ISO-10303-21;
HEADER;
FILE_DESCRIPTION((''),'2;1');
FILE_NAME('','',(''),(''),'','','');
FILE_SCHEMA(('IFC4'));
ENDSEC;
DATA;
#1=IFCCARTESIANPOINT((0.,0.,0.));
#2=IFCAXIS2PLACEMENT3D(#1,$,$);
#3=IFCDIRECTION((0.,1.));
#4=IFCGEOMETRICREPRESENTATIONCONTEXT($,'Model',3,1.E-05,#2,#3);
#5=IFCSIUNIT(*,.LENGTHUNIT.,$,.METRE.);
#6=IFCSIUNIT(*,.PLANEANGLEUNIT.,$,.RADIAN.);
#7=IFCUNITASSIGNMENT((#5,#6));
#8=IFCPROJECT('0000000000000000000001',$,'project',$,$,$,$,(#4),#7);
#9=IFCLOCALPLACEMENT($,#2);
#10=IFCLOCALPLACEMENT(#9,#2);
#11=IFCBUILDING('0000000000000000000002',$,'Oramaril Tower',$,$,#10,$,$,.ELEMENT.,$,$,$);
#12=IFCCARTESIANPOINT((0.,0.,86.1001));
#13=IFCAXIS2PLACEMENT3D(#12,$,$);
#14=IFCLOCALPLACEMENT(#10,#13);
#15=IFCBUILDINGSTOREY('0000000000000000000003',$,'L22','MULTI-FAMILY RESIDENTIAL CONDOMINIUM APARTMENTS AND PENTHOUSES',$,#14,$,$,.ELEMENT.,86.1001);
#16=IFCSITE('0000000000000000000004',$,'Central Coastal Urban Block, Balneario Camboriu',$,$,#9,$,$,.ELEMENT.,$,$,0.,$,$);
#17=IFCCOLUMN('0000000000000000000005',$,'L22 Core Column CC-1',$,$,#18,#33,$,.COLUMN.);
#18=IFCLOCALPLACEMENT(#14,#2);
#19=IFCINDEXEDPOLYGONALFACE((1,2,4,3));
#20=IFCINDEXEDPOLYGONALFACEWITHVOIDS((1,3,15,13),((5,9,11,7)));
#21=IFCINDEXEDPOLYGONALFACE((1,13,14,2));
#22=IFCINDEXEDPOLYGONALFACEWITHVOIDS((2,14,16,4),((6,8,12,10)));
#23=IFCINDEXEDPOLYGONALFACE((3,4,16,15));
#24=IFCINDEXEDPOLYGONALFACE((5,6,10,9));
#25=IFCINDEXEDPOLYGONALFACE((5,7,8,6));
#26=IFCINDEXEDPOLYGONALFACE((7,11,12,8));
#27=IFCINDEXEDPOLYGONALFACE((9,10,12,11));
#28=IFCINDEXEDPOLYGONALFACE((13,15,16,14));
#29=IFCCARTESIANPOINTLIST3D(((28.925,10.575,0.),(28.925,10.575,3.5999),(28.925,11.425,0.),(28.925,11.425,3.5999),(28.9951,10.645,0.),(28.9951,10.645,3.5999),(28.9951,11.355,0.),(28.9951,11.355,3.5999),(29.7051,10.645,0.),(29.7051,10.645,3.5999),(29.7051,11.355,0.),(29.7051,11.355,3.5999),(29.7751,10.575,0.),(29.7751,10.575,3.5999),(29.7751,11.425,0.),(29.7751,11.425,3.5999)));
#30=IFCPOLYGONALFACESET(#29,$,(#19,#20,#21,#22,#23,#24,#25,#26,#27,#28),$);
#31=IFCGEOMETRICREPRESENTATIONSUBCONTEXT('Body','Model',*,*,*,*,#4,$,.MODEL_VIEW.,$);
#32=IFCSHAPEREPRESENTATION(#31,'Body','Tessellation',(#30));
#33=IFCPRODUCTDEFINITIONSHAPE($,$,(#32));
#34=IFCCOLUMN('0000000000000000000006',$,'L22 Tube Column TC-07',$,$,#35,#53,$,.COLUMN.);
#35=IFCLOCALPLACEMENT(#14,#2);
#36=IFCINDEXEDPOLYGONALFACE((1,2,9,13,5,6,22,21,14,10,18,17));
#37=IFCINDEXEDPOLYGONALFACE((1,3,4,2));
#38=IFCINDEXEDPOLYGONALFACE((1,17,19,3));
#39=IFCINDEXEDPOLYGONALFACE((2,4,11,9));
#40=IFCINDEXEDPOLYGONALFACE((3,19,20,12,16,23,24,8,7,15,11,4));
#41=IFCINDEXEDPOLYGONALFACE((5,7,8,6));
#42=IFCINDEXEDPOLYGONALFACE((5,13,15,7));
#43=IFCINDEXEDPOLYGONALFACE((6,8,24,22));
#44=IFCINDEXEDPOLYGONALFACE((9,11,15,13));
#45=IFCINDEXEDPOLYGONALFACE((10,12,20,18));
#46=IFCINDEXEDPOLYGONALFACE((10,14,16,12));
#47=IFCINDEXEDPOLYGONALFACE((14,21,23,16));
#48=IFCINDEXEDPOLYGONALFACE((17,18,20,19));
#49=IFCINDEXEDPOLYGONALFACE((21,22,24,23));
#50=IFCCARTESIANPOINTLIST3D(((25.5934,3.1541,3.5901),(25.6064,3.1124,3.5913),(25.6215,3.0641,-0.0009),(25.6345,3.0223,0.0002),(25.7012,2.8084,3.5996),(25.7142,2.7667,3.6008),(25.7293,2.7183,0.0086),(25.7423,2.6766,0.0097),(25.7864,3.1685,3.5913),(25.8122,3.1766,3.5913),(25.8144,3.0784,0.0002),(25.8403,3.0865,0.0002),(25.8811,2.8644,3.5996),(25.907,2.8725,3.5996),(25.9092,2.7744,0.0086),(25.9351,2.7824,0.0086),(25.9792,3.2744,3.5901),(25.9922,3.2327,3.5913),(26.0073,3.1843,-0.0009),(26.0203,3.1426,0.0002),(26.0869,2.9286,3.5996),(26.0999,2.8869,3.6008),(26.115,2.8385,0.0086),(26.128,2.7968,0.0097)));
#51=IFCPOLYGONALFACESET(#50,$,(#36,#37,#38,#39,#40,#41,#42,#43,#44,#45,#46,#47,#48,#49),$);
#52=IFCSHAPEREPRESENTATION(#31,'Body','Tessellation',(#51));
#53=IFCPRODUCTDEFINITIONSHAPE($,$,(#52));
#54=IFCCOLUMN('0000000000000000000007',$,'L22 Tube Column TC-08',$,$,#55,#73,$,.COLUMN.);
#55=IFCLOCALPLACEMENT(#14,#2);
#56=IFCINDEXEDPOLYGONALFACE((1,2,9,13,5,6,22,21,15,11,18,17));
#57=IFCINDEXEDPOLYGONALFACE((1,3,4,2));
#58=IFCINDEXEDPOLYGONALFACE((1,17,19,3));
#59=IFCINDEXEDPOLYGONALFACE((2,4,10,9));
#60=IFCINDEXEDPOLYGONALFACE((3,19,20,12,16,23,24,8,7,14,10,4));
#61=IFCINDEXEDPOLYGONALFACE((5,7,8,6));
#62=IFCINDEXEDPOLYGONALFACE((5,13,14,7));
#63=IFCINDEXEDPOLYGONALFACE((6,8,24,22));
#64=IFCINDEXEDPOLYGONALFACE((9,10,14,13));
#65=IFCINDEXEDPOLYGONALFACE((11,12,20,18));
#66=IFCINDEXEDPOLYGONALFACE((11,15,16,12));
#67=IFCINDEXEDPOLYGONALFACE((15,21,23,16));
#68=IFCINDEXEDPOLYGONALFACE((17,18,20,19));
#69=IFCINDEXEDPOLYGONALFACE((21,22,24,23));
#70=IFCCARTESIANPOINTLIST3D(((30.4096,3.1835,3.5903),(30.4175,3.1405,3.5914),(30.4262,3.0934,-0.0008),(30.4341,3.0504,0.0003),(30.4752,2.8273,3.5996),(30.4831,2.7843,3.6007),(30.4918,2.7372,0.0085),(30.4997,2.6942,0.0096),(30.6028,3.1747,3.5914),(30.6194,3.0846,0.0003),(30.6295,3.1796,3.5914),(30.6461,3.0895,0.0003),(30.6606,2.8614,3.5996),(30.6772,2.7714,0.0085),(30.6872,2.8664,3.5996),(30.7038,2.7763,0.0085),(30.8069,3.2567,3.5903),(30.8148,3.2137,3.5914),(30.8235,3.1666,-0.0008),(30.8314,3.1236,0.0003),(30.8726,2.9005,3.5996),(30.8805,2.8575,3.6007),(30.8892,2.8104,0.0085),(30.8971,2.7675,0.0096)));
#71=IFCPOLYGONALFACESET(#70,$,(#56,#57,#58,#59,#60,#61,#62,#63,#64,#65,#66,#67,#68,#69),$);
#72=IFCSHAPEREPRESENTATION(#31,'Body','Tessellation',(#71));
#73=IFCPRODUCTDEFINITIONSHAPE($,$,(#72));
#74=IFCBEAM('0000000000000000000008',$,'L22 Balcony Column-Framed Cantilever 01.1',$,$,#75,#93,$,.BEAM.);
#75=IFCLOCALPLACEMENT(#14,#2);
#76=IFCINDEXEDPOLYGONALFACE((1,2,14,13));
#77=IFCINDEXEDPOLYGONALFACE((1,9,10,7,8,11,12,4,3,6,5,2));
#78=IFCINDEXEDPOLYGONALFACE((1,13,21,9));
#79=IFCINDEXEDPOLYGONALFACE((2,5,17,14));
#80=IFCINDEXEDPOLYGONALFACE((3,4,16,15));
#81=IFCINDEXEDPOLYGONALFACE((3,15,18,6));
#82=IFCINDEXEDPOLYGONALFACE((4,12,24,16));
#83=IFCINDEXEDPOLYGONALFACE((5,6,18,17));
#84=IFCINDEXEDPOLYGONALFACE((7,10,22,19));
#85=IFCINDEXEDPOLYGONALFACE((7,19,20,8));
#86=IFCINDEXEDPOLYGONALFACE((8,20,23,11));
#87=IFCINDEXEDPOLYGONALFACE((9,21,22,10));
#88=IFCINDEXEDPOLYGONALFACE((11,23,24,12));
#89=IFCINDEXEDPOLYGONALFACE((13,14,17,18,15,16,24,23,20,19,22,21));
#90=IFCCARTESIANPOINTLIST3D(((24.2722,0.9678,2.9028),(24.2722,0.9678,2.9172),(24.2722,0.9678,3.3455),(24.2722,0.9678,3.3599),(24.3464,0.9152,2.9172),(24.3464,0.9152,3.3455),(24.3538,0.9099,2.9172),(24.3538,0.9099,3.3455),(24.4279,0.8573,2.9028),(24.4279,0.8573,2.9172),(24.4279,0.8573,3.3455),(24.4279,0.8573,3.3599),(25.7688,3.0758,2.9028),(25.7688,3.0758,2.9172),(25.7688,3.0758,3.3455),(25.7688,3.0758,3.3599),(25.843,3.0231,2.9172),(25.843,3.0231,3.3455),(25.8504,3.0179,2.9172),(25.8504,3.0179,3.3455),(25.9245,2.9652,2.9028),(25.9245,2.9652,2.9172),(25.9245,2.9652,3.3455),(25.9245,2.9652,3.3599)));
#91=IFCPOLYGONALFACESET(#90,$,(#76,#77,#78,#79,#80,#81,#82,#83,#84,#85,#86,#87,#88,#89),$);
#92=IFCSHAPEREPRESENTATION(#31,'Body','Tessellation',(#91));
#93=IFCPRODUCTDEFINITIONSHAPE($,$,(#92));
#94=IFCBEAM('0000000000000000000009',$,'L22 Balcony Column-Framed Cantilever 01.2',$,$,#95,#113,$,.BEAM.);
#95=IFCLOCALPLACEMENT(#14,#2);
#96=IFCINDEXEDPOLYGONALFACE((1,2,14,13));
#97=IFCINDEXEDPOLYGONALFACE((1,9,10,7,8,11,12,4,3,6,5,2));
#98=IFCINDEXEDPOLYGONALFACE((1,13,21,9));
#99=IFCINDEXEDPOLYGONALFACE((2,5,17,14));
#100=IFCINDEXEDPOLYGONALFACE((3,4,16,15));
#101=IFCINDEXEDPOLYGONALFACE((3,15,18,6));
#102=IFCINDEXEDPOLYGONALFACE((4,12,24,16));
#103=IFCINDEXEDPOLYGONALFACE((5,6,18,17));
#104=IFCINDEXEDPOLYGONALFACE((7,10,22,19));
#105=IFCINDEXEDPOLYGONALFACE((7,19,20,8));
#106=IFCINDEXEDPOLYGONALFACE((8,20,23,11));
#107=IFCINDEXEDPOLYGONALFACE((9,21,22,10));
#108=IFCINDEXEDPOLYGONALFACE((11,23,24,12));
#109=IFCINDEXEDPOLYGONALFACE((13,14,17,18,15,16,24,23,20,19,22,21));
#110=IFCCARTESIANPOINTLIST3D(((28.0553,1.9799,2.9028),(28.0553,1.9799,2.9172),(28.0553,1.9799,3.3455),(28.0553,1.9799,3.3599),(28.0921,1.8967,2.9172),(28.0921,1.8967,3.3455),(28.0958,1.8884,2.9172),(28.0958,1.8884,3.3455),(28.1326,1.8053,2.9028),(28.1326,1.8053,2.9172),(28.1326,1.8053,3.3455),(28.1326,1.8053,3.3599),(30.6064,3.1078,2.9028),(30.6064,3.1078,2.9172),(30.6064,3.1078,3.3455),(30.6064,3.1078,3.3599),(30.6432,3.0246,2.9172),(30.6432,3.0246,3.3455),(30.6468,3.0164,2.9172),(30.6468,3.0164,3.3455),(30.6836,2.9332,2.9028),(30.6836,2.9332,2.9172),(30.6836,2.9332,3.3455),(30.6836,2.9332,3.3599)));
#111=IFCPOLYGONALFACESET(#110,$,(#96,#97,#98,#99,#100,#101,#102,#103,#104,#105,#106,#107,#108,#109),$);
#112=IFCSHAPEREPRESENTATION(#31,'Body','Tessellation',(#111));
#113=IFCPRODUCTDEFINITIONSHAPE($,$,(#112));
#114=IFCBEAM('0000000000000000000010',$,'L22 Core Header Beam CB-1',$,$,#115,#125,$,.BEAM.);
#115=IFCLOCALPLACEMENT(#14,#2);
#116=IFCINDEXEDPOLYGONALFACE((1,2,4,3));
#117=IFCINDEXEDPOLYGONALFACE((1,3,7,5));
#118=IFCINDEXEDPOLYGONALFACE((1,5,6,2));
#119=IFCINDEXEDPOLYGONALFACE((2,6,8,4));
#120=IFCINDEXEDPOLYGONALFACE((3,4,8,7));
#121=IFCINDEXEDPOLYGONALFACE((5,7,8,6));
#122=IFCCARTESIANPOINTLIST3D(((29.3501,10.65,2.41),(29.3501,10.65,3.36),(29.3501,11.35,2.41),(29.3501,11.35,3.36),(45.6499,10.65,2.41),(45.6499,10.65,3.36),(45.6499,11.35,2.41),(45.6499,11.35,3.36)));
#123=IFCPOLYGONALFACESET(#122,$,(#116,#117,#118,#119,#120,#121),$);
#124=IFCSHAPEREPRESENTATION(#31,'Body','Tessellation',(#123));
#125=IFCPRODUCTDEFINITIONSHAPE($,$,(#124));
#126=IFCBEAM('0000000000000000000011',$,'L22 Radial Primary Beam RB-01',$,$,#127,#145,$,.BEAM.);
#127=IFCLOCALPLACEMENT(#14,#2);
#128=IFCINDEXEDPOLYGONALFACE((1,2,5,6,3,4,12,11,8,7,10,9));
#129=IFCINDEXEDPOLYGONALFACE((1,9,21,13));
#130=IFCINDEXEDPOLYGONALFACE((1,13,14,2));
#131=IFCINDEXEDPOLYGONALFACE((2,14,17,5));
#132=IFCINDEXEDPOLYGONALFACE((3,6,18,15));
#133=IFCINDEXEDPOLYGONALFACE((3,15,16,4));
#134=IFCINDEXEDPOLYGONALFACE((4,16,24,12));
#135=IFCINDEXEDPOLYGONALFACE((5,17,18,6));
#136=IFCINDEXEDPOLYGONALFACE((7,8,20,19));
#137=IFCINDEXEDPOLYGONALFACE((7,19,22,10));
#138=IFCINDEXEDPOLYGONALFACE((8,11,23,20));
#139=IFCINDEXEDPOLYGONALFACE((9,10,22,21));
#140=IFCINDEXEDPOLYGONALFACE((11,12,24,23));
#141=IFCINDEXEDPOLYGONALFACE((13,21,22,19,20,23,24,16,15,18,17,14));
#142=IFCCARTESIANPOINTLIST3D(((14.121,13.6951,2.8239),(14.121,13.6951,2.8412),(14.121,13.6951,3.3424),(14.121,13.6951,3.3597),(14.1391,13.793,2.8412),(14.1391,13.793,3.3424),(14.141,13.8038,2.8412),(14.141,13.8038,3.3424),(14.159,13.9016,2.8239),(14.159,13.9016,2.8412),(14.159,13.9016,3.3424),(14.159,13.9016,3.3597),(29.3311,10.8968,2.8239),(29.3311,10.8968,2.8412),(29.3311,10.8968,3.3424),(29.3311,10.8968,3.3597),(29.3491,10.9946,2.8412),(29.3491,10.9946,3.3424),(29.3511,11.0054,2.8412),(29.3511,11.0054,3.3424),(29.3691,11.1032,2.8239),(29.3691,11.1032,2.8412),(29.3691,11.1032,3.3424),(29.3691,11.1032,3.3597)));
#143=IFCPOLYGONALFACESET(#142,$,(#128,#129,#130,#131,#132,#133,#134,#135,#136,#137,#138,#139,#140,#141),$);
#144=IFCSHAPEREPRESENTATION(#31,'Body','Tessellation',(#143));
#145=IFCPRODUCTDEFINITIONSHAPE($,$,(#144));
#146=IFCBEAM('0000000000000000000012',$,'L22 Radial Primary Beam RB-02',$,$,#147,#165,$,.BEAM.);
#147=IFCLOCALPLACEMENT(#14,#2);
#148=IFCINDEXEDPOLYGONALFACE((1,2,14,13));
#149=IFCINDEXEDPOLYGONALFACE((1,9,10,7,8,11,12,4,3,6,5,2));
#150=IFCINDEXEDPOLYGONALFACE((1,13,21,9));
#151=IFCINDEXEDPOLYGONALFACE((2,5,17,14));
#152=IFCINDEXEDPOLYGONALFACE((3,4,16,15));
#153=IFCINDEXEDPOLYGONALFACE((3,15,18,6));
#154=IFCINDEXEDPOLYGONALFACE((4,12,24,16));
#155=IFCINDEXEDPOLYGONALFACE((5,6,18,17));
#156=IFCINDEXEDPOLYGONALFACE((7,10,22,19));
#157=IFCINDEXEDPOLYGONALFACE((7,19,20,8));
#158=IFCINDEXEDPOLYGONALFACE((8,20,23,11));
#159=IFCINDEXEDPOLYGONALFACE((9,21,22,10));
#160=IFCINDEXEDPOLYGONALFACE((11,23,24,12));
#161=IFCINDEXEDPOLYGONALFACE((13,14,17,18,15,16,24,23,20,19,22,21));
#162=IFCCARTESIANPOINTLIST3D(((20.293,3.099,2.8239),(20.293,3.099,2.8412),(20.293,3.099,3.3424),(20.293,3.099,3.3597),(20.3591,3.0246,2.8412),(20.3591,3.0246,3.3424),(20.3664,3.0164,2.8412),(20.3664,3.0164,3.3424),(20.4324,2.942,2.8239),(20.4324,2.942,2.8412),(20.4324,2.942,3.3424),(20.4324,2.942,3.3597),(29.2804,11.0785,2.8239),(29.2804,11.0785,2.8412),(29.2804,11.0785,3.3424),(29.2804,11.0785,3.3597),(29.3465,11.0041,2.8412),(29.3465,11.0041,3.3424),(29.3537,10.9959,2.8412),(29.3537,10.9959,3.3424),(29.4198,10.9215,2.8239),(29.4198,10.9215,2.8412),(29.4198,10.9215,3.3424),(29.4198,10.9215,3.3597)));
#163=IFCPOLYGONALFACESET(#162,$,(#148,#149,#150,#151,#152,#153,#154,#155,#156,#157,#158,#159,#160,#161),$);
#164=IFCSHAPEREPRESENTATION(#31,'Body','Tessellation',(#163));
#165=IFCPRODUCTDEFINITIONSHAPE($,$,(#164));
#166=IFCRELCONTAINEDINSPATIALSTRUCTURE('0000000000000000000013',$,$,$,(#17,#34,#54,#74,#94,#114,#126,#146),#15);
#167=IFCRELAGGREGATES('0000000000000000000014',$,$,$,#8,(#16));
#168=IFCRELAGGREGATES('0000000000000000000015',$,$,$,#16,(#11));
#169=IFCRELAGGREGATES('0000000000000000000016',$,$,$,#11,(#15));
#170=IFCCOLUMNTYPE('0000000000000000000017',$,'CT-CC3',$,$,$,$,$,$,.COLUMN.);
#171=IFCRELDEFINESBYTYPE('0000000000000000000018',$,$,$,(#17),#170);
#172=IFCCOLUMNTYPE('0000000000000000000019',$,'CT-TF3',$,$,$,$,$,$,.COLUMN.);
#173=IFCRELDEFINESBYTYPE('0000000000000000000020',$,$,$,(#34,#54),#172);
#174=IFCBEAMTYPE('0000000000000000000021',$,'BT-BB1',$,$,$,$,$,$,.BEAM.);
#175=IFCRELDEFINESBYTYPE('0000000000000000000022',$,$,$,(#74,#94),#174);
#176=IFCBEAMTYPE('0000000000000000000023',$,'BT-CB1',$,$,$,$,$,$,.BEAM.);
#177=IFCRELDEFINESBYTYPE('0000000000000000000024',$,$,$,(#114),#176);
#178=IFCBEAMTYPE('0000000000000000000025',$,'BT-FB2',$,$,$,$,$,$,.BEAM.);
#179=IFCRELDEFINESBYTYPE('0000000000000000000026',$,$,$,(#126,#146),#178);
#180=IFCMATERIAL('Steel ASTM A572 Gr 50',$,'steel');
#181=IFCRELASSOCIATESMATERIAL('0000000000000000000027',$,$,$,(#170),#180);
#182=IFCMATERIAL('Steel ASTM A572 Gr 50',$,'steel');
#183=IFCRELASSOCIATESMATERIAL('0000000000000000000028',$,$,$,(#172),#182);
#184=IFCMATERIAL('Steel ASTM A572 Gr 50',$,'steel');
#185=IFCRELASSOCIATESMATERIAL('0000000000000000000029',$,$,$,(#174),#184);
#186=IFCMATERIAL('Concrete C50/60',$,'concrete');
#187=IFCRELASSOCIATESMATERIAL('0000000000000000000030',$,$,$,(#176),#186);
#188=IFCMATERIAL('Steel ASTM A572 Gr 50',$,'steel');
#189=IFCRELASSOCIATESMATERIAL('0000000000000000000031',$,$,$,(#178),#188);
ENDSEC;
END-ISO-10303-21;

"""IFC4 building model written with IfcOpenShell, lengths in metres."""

from ifc_helpers import new_model, si_unit, direction, frame, origin, origin_2d, place, context, subcontext, project, spatial, rectangle, hollow_rectangle, i_section, extrude, material, material_profile, profile_set, type_object, element, save


model = new_model("IFC4")

# Units and contexts
model_context = context("Model", 3, precision=1e-05, world=origin(), true_north=direction((0.0, 1.0)))
body_context = subcontext(model_context, "Body", "Model", "MODEL_VIEW")
ifc_project = project(units=[si_unit("LENGTHUNIT", "METRE"), si_unit("PLANEANGLEUNIT", "RADIAN")], contexts=[model_context])

# Site, building, storey
site_placement = place(None, origin())
site = spatial("IfcSite", under=ifc_project, at=site_placement, Name="Central Coastal Urban Block, Balneario Camboriu", CompositionType="ELEMENT", RefElevation=0.0)
building_placement = place(site_placement, origin())
building = spatial("IfcBuilding", under=site, at=building_placement, Name="Oramaril Tower", CompositionType="ELEMENT")
storey_placement = place(building_placement, frame((0.0, 0.0, 86.1001)))
storey = spatial("IfcBuildingStorey", under=building, at=storey_placement, Name="L22", Description="MULTI-FAMILY RESIDENTIAL CONDOMINIUM APARTMENTS AND PENTHOUSES", CompositionType="ELEMENT", Elevation=86.1001)

# Columns
ifc_material_1 = material(Name="Steel ASTM A572 Gr 50", Category="steel")
ifc_material_profile_1 = material_profile(ifc_material_1, hollow_rectangle(XDim=0.8501, YDim=0.8501, WallThickness=0.0701, at=origin_2d()), Name="BOX850X850X70")
ifc_profile_set_1 = profile_set([ifc_material_profile_1], Name="Steel ASTM A572 Gr 50")
column_type_1 = type_object("IfcColumnType", Name="CT-CC3", PredefinedType="COLUMN", material=ifc_profile_set_1)
column_placement = place(storey_placement, frame((29.3501, 11.0, 0.0), z_axis=(0.0, 0.0, 1.0), x_axis=(1.0, 0.0, 0.0)))
element("IfcColumn", 1, at=column_placement, inside=storey, type_object=column_type_1, Name="L22 Core Column CC-1", PredefinedType="COLUMN", context=body_context, shape_type="SweptSolid", body=[
    extrude(hollow_rectangle(XDim=0.8501, YDim=0.8501, WallThickness=0.0701, at=origin_2d()), origin(), (0.0, 0.0, 1.0), 3.5999),
])
ifc_material_2 = material(Name="Steel ASTM A572 Gr 50", Category="steel")
ifc_material_profile_2 = material_profile(ifc_material_2, i_section(OverallWidth=0.4041, OverallDepth=0.406, WebThickness=0.0271, FlangeThickness=0.0437, at=origin_2d()), Name="W14X233")
ifc_profile_set_2 = profile_set([ifc_material_profile_2], Name="Steel ASTM A572 Gr 50")
column_type_2 = type_object("IfcColumnType", Name="CT-TF3", PredefinedType="COLUMN", material=ifc_profile_set_2)
for number, where, z_axis, x_axis, name in (
    (2, (25.8748, 2.9304, 0.0044), (-0.007816, 0.025078, 0.999655), (-0.95471, -0.297538, 0.0), "L22 Tube Column TC-07"),
    (3, (30.6616, 2.9304, 0.0044), (-0.004622, 0.025079, 0.999675), (-0.983441, -0.18123, 0.0), "L22 Tube Column TC-08"),
):
    element("IfcColumn", number, at=place(storey_placement, frame(where, z_axis=z_axis, x_axis=x_axis)), inside=storey, type_object=column_type_2, Name=name, PredefinedType="COLUMN", context=body_context, shape_type="SweptSolid", body=[
        extrude(i_section(OverallWidth=0.4041, OverallDepth=0.406, WebThickness=0.0271, FlangeThickness=0.0437, at=origin_2d()), origin(), (0.0, 0.0, 1.0), 3.5923),
    ])

# Beams
ifc_material_3 = material(Name="Steel ASTM A572 Gr 50", Category="steel")
ifc_material_profile_3 = material_profile(ifc_material_3, i_section(OverallWidth=0.1909, OverallDepth=0.457, WebThickness=0.009, FlangeThickness=0.0144, at=origin_2d()), Name="W18X50")
ifc_profile_set_3 = profile_set([ifc_material_profile_3], Name="Steel ASTM A572 Gr 50")
beam_type_1 = type_object("IfcBeamType", Name="BT-BB1", PredefinedType="BEAM", material=ifc_profile_set_3)
beam_1_placement = place(storey_placement, frame((25.8467, 3.0205, 3.1313), z_axis=(-0.578913, -0.815389, 0.0), x_axis=(0.815389, -0.578913, 0.0)))
element("IfcBeam", 4, at=beam_1_placement, inside=storey, type_object=beam_type_1, Name="L22 Balcony Column-Framed Cantilever 01.1", PredefinedType="BEAM", context=body_context, shape_type="SweptSolid", body=[
    extrude(i_section(OverallWidth=0.1909, OverallDepth=0.457, WebThickness=0.009, FlangeThickness=0.0144, at=origin_2d()), origin(), (0.0, 0.0, 1.0), 2.5852),
])
beam_2_placement = place(storey_placement, frame((30.645, 3.0205, 3.1313), z_axis=(-0.91459, -0.404384, 0.0), x_axis=(0.404384, -0.91459, 0.0)))
element("IfcBeam", 5, at=beam_2_placement, inside=storey, type_object=beam_type_1, Name="L22 Balcony Column-Framed Cantilever 01.2", PredefinedType="BEAM", context=body_context, shape_type="SweptSolid", body=[
    extrude(i_section(OverallWidth=0.1909, OverallDepth=0.457, WebThickness=0.009, FlangeThickness=0.0144, at=origin_2d()), origin(), (0.0, 0.0, 1.0), 2.7893),
])
ifc_material_4 = material(Name="Concrete C50/60", Category="concrete")
ifc_material_profile_4 = material_profile(ifc_material_4, rectangle(XDim=0.7, YDim=0.95, at=origin_2d()), Name="CB700X950")
ifc_profile_set_4 = profile_set([ifc_material_profile_4], Name="Concrete C50/60")
beam_type_2 = type_object("IfcBeamType", Name="BT-CB1", PredefinedType="BEAM", material=ifc_profile_set_4)
beam_3_placement = place(storey_placement, frame((29.3501, 11.0, 2.885), z_axis=(1.0, 0.0, 0.0), x_axis=(0.0, 1.0, 0.0)))
element("IfcBeam", 6, at=beam_3_placement, inside=storey, type_object=beam_type_2, Name="L22 Core Header Beam CB-1", PredefinedType="BEAM", context=body_context, shape_type="SweptSolid", body=[
    extrude(rectangle(XDim=0.7, YDim=0.95, at=origin_2d()), origin(), (0.0, 0.0, 1.0), 16.2998),
])
ifc_material_5 = material(Name="Steel ASTM A572 Gr 50", Category="steel")
ifc_material_profile_5 = material_profile(ifc_material_5, i_section(OverallWidth=0.21, OverallDepth=0.5359, WebThickness=0.011, FlangeThickness=0.0173, at=origin_2d()), Name="W21X68")
ifc_profile_set_5 = profile_set([ifc_material_profile_5], Name="Steel ASTM A572 Gr 50")
beam_type_3 = type_object("IfcBeamType", Name="BT-FB2", PredefinedType="BEAM", material=ifc_profile_set_5)
beam_4_placement = place(storey_placement, frame((29.3501, 11.0, 3.0918), z_axis=(-0.983493, 0.180944, 0.0), x_axis=(-0.180944, -0.983493, 0.0)))
element("IfcBeam", 7, at=beam_4_placement, inside=storey, type_object=beam_type_3, Name="L22 Radial Primary Beam RB-01", PredefinedType="BEAM", context=body_context, shape_type="SweptSolid", body=[
    extrude(i_section(OverallWidth=0.21, OverallDepth=0.5359, WebThickness=0.011, FlangeThickness=0.0173, at=origin_2d()), origin(), (0.0, 0.0, 1.0), 15.4653),
])
beam_5_placement = place(storey_placement, frame((29.3501, 11.0, 3.0918), z_axis=(-0.74779, -0.663935, 0.0), x_axis=(0.663935, -0.74779, 0.0)))
element("IfcBeam", 8, at=beam_5_placement, inside=storey, type_object=beam_type_3, Name="L22 Radial Primary Beam RB-02", PredefinedType="BEAM", context=body_context, shape_type="SweptSolid", body=[
    extrude(i_section(OverallWidth=0.21, OverallDepth=0.5359, WebThickness=0.011, FlangeThickness=0.0173, at=origin_2d()), origin(), (0.0, 0.0, 1.0), 12.0186),
])

save(model, "model.ifc")
